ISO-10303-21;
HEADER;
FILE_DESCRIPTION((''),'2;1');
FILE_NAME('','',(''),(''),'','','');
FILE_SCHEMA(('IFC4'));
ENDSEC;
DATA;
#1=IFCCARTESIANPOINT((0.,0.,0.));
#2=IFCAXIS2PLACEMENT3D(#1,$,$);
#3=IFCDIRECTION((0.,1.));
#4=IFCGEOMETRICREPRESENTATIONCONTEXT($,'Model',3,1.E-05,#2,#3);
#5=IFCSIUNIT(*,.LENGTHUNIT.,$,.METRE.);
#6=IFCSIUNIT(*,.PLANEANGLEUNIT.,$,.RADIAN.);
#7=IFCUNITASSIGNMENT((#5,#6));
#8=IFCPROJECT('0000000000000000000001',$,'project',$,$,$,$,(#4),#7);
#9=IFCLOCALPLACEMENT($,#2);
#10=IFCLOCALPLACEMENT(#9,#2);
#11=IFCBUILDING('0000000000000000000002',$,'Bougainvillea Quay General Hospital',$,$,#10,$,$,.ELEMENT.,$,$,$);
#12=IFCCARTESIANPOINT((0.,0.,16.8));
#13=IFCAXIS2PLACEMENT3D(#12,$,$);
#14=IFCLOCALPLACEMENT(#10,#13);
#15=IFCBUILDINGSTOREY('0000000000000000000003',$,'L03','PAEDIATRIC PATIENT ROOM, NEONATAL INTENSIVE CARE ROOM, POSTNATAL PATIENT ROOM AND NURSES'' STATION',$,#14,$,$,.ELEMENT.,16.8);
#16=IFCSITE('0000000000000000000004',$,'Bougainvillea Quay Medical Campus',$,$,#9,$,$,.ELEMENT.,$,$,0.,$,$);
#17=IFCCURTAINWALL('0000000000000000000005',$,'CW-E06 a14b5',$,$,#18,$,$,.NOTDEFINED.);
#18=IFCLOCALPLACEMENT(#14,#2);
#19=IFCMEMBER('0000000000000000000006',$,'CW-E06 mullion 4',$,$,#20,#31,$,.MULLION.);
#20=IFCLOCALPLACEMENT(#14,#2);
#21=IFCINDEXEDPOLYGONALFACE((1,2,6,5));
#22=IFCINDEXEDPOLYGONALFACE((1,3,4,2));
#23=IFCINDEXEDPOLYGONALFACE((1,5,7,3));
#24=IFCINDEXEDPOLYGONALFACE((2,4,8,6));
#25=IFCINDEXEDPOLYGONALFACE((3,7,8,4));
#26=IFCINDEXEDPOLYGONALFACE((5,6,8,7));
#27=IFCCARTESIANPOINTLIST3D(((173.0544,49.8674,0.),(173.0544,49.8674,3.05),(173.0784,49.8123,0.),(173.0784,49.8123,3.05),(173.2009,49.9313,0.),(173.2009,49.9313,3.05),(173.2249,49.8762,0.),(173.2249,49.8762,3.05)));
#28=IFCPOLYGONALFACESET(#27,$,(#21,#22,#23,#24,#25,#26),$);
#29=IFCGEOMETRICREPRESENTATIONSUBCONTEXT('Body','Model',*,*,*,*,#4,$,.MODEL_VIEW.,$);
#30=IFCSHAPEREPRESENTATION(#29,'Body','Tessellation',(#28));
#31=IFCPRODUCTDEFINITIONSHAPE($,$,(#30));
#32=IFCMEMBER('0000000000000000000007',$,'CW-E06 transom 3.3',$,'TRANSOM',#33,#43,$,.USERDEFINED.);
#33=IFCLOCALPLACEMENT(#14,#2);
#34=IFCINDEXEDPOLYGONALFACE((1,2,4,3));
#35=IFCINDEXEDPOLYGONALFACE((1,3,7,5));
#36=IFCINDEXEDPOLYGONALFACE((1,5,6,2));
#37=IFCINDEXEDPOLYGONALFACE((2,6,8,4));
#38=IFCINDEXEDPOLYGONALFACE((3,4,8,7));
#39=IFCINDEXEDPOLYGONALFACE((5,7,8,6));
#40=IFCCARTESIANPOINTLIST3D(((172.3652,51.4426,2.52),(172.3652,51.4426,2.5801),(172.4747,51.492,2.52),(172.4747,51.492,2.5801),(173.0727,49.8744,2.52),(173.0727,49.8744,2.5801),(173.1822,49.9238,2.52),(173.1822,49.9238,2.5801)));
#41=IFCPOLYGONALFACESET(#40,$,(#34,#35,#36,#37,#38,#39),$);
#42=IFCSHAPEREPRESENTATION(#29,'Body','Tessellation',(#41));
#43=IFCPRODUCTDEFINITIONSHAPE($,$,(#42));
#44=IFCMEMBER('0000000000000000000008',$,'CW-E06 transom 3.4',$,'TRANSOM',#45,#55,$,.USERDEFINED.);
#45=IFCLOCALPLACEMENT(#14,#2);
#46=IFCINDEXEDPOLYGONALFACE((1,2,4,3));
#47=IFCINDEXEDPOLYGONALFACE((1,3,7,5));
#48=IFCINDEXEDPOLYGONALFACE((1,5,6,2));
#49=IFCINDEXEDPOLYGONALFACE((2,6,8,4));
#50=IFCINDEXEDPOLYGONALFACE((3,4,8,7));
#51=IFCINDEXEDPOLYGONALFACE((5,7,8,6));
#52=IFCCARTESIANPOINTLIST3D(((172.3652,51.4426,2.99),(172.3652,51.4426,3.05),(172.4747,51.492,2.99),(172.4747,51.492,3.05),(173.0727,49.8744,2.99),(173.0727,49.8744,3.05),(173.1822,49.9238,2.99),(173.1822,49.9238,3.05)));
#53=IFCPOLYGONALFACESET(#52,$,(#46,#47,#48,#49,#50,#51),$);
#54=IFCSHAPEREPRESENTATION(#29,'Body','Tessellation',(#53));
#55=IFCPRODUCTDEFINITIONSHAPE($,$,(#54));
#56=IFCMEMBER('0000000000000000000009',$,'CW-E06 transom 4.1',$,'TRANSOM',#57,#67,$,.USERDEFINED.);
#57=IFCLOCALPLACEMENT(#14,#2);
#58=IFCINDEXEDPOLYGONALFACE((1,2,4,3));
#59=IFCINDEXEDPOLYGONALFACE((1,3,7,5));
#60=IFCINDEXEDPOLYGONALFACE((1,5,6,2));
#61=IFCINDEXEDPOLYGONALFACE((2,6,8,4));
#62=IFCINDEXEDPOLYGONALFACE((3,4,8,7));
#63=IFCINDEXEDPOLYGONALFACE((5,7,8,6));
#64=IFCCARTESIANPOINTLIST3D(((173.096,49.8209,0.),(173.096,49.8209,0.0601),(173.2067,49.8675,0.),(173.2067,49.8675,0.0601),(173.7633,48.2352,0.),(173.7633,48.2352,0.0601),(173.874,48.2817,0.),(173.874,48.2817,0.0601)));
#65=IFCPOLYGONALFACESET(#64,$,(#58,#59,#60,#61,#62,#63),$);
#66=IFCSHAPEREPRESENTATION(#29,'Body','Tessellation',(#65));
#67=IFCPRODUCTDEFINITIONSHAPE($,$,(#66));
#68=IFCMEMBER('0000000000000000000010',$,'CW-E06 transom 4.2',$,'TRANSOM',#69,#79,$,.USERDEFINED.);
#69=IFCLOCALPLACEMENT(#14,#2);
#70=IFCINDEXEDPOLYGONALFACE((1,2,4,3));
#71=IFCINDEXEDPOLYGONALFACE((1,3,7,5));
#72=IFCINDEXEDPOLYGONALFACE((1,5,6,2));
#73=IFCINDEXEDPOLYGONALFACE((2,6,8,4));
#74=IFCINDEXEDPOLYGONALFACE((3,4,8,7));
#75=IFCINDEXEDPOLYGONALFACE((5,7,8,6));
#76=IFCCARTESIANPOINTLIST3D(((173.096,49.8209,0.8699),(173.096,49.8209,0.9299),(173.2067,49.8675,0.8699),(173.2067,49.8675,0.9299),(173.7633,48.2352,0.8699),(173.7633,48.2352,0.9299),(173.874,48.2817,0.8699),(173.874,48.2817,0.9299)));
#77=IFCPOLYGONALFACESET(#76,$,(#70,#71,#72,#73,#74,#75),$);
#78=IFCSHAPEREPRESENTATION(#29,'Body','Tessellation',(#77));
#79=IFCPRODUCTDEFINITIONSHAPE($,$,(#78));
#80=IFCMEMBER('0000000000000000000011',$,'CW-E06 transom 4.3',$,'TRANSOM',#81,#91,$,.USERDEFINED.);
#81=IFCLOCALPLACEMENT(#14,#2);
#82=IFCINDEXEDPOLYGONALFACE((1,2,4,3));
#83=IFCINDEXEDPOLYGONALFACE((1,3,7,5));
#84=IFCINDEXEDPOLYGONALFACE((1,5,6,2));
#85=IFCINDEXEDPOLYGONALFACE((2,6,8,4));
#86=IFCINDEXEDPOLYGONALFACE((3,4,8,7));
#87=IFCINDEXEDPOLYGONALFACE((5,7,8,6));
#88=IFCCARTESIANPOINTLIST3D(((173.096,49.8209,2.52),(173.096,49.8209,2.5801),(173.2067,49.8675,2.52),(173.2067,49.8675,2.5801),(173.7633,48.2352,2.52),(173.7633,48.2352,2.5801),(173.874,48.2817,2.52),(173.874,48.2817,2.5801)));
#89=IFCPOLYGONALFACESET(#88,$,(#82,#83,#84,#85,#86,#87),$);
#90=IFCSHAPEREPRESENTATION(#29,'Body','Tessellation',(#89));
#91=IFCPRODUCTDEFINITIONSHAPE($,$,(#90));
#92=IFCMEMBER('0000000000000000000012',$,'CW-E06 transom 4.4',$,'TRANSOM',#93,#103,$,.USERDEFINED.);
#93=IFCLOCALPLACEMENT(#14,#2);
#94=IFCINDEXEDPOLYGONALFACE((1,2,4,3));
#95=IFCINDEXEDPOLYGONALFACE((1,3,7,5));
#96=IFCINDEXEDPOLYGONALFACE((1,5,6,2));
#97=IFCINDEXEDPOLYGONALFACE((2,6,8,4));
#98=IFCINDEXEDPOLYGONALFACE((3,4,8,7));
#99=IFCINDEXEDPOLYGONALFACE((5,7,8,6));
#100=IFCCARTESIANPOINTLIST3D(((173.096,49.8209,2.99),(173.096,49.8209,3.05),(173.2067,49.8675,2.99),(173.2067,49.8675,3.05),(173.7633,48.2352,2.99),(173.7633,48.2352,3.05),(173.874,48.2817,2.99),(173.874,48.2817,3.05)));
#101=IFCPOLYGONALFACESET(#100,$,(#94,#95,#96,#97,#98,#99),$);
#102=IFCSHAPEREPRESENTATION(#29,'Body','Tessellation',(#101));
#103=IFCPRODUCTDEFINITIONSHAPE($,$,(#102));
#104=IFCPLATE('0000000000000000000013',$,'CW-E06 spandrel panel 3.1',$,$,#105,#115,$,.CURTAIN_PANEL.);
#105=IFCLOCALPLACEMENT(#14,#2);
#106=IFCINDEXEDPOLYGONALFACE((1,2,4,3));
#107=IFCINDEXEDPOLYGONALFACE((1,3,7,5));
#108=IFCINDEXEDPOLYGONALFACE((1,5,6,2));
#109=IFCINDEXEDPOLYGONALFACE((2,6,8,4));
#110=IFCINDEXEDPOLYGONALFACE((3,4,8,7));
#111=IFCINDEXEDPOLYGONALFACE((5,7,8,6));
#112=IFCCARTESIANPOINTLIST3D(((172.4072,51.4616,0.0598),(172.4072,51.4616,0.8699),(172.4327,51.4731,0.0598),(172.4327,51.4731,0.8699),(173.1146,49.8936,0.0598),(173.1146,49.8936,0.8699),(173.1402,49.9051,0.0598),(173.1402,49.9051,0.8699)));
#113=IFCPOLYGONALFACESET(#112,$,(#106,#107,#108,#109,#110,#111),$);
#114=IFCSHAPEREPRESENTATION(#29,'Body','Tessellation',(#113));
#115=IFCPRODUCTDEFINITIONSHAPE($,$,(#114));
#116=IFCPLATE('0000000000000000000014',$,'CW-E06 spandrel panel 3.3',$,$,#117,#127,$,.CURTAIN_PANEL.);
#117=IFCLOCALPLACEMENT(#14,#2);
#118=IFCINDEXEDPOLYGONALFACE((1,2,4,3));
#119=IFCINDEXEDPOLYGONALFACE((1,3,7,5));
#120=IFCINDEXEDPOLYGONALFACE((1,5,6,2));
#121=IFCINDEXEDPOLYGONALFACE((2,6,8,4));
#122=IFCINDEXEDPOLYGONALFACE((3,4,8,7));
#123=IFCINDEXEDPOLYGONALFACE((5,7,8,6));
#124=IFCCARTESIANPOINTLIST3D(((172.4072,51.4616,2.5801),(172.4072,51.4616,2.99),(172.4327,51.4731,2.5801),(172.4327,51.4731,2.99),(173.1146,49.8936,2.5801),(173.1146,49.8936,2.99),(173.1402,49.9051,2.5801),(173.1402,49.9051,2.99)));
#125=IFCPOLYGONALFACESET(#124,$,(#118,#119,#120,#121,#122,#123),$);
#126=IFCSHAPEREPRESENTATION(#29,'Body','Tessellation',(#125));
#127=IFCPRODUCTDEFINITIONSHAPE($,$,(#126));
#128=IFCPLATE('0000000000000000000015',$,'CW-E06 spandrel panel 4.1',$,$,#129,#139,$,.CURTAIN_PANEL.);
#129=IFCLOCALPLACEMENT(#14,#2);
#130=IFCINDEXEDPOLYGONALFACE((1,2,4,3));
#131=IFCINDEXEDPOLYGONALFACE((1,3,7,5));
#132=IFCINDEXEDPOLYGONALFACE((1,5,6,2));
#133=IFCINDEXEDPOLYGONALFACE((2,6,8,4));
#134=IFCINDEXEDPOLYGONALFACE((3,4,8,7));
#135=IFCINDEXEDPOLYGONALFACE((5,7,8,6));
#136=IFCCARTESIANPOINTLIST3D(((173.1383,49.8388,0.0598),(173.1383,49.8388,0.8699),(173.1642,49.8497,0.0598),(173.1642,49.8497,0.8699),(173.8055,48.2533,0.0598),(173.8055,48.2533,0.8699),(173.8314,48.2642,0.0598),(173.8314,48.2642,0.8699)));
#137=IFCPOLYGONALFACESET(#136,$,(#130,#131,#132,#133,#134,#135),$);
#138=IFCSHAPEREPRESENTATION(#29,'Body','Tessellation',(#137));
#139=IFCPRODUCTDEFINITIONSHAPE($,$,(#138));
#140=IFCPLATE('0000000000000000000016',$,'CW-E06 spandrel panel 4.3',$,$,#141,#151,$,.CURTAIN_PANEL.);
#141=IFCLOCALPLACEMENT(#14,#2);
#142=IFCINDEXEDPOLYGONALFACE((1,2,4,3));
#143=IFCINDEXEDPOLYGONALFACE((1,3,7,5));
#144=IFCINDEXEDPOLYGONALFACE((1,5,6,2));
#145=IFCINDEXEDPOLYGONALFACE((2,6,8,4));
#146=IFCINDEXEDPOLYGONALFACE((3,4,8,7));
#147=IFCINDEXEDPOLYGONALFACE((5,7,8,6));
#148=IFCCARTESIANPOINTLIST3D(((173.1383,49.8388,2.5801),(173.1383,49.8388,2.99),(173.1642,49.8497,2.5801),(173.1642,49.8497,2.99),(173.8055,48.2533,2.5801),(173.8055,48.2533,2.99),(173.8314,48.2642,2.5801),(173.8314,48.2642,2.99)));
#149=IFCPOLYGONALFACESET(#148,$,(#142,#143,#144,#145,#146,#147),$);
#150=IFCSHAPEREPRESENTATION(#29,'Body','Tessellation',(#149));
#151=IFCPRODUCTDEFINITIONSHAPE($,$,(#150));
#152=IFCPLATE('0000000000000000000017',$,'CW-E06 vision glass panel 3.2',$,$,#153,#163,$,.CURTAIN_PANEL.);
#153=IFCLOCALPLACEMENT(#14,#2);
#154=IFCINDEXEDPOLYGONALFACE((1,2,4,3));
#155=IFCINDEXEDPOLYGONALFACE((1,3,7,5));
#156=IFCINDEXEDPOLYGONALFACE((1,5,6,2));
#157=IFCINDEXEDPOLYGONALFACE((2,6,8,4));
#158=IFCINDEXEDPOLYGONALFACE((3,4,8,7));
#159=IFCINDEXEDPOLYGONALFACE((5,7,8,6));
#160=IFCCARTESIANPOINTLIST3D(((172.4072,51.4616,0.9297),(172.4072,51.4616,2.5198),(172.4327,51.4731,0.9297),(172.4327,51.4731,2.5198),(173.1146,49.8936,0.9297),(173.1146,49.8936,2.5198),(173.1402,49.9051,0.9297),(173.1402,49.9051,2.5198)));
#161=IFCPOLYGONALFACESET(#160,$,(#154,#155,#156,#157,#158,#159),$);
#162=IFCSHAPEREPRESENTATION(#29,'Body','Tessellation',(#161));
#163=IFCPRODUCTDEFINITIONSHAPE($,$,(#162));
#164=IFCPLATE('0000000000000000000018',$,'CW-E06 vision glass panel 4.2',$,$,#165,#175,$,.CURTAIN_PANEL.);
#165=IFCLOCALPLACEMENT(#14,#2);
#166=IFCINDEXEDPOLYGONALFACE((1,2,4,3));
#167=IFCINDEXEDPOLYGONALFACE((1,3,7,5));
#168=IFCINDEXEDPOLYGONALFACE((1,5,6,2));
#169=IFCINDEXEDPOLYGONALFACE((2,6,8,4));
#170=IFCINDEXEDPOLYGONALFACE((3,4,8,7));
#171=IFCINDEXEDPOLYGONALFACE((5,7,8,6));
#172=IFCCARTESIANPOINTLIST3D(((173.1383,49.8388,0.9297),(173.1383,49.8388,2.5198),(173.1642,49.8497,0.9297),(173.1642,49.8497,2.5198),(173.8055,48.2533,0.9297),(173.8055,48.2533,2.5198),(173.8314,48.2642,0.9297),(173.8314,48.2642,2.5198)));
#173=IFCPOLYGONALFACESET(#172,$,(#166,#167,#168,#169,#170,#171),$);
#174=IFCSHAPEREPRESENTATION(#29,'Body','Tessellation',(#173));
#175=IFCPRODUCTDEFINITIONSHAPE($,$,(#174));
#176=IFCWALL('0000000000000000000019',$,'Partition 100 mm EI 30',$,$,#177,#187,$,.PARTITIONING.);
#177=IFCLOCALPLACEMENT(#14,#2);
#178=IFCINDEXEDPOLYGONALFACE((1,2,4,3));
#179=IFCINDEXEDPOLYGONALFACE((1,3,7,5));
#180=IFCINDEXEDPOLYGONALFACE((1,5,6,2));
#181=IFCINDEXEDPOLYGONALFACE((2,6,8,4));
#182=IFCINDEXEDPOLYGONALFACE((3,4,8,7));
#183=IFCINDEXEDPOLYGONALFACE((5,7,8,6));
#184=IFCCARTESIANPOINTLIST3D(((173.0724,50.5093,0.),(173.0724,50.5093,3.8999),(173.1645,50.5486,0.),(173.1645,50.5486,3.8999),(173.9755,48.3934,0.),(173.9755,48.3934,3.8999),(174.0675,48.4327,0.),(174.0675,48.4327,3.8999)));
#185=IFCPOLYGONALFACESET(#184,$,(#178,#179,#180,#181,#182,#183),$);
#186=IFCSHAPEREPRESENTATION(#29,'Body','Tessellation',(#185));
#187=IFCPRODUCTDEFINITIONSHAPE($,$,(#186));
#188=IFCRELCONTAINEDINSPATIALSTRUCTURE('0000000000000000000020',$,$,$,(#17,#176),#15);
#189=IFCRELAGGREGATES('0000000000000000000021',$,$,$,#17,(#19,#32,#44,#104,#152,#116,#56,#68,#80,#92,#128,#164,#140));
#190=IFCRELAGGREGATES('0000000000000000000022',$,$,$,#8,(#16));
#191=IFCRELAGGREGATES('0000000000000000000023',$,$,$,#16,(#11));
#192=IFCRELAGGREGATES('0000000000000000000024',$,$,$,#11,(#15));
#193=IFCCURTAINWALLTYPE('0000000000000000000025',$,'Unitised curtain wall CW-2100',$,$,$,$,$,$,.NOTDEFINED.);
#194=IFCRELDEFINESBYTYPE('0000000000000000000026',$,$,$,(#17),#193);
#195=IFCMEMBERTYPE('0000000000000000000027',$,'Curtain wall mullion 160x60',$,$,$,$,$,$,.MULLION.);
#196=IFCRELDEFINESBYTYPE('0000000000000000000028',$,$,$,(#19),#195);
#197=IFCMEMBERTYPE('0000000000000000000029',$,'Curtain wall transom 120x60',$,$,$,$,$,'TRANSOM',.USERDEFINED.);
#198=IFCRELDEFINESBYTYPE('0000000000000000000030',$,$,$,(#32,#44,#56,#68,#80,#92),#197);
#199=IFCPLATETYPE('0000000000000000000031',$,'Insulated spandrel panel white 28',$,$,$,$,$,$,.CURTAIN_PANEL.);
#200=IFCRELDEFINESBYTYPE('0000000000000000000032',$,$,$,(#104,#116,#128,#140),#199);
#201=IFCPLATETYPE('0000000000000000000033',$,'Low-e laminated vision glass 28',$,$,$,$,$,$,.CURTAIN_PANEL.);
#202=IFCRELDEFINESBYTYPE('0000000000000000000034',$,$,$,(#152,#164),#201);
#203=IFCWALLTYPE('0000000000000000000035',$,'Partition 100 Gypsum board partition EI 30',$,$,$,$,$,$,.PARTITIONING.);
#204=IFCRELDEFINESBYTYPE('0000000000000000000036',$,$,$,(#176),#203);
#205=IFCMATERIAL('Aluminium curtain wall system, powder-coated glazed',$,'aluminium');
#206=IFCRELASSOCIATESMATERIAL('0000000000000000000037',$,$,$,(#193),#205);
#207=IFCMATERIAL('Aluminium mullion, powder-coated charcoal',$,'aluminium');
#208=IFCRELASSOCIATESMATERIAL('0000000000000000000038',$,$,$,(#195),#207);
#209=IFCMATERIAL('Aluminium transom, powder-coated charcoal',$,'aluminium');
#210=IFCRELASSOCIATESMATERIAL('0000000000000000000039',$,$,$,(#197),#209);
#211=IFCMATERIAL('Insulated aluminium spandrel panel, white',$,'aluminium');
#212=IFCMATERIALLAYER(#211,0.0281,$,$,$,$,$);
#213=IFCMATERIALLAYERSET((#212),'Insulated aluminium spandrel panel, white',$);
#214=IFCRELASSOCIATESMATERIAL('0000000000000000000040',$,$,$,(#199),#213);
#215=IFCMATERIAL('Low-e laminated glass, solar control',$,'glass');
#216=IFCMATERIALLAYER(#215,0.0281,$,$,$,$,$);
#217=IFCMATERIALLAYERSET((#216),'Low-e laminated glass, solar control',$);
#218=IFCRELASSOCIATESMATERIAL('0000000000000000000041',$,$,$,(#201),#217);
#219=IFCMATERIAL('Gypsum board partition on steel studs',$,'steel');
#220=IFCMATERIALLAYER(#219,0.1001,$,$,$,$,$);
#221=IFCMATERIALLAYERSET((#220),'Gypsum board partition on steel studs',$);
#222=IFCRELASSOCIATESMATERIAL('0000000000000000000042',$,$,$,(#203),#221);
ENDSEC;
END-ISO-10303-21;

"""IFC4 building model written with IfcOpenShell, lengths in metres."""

from ifc_helpers import new_model, si_unit, direction, frame, frame_2d, origin, origin_2d, place, context, subcontext, project, spatial, rectangle, extrude, material, layer, layer_set, material_profile, profile_set, type_object, element, aggregate, save


model = new_model("IFC4")

# Units and contexts
model_context = context("Model", 3, precision=1e-05, world=origin(), true_north=direction((0.0, 1.0)))
body_context = subcontext(model_context, "Body", "Model", "MODEL_VIEW")
ifc_project = project(units=[si_unit("LENGTHUNIT", "METRE"), si_unit("PLANEANGLEUNIT", "RADIAN")], contexts=[model_context])

# Site, building, storey
site_placement = place(None, origin())
site = spatial("IfcSite", under=ifc_project, at=site_placement, Name="Bougainvillea Quay Medical Campus", CompositionType="ELEMENT", RefElevation=0.0)
building_placement = place(site_placement, origin())
building = spatial("IfcBuilding", under=site, at=building_placement, Name="Bougainvillea Quay General Hospital", CompositionType="ELEMENT")
storey_placement = place(building_placement, frame((0.0, 0.0, 16.8)))
storey = spatial("IfcBuildingStorey", under=building, at=storey_placement, Name="L03", Description="PAEDIATRIC PATIENT ROOM, NEONATAL INTENSIVE CARE ROOM, POSTNATAL PATIENT ROOM AND NURSES' STATION", CompositionType="ELEMENT", Elevation=16.8)

# Curtain wall, members, plates
ifc_material_1 = material(Name="Aluminium curtain wall system, powder-coated glazed", Category="aluminium")
curtain_wall_type = type_object("IfcCurtainWallType", Name="Unitised curtain wall CW-2100", PredefinedType="NOTDEFINED", material=ifc_material_1)
curtain_wall_placement = place(storey_placement, origin())
curtain_wall = element("IfcCurtainWall", 1, at=curtain_wall_placement, inside=storey, type_object=curtain_wall_type, Name="CW-E06 a14b5", PredefinedType="NOTDEFINED")
ifc_material_2 = material(Name="Aluminium mullion, powder-coated charcoal", Category="aluminium")
ifc_material_profile_1 = material_profile(ifc_material_2, rectangle(XDim=0.1599, YDim=0.0601, at=origin_2d()))
ifc_profile_set_1 = profile_set([ifc_material_profile_1], Name="Aluminium mullion, powder-coated charcoal")
member_type_1 = type_object("IfcMemberType", Name="Curtain wall mullion 160x60", PredefinedType="MULLION", material=ifc_profile_set_1)
member_1_placement = place(storey_placement, frame((173.1396, 49.8718, 0.0), z_axis=(0.0, 0.0, 1.0), x_axis=(0.916692, 0.399594, 0.0)))
member_1 = element("IfcMember", 2, at=member_1_placement, type_object=member_type_1, Name="CW-E06 mullion 4", PredefinedType="MULLION", context=body_context, shape_type="SweptSolid", body=[
    extrude(rectangle(XDim=0.1599, YDim=0.0601, at=origin_2d()), origin(), (0.0, 0.0, 1.0), 3.05),
])
ifc_material_3 = material(Name="Aluminium transom, powder-coated charcoal", Category="aluminium")
ifc_material_profile_2 = material_profile(ifc_material_3, rectangle(XDim=0.1201, YDim=0.0601, at=origin_2d()))
ifc_profile_set_2 = profile_set([ifc_material_profile_2], Name="Aluminium transom, powder-coated charcoal")
member_type_2 = type_object("IfcMemberType", Name="Curtain wall transom 120x60", ElementType="TRANSOM", PredefinedType="USERDEFINED", material=ifc_profile_set_2)
member_2_placement = place(storey_placement, frame((172.4199, 51.4673, 2.55), z_axis=(0.411267, -0.911515, 0.0), x_axis=(0.911515, 0.411267, 0.0)))
member_2 = element("IfcMember", 3, at=member_2_placement, type_object=member_type_2, Name="CW-E06 transom 3.3", ObjectType="TRANSOM", PredefinedType="USERDEFINED", context=body_context, shape_type="SweptSolid", body=[
    extrude(rectangle(XDim=0.1201, YDim=0.0601, at=origin_2d()), origin(), (0.0, 0.0, 1.0), 1.7205),
])
member_3_placement = place(storey_placement, frame((172.4199, 51.4673, 3.02), z_axis=(0.411267, -0.911515, 0.0), x_axis=(0.911515, 0.411267, 0.0)))
member_3 = element("IfcMember", 4, at=member_3_placement, type_object=member_type_2, Name="CW-E06 transom 3.4", ObjectType="TRANSOM", PredefinedType="USERDEFINED", context=body_context, shape_type="SweptSolid", body=[
    extrude(rectangle(XDim=0.1201, YDim=0.0601, at=origin_2d()), origin(), (0.0, 0.0, 1.0), 1.7205),
])
member_4_placement = place(storey_placement, frame((173.1514, 49.8442, 0.03), z_axis=(0.387848, -0.921724, 0.0), x_axis=(0.921724, 0.387848, 0.0)))
member_4 = element("IfcMember", 5, at=member_4_placement, type_object=member_type_2, Name="CW-E06 transom 4.1", ObjectType="TRANSOM", PredefinedType="USERDEFINED", context=body_context, shape_type="SweptSolid", body=[
    extrude(rectangle(XDim=0.1201, YDim=0.0601, at=origin_2d()), origin(), (0.0, 0.0, 1.0), 1.7205),
])
member_5_placement = place(storey_placement, frame((173.1514, 49.8442, 0.8999), z_axis=(0.387848, -0.921724, 0.0), x_axis=(0.921724, 0.387848, 0.0)))
member_5 = element("IfcMember", 6, at=member_5_placement, type_object=member_type_2, Name="CW-E06 transom 4.2", ObjectType="TRANSOM", PredefinedType="USERDEFINED", context=body_context, shape_type="SweptSolid", body=[
    extrude(rectangle(XDim=0.1201, YDim=0.0601, at=origin_2d()), origin(), (0.0, 0.0, 1.0), 1.7205),
])
member_6_placement = place(storey_placement, frame((173.1514, 49.8442, 2.55), z_axis=(0.387848, -0.921724, 0.0), x_axis=(0.921724, 0.387848, 0.0)))
member_6 = element("IfcMember", 7, at=member_6_placement, type_object=member_type_2, Name="CW-E06 transom 4.3", ObjectType="TRANSOM", PredefinedType="USERDEFINED", context=body_context, shape_type="SweptSolid", body=[
    extrude(rectangle(XDim=0.1201, YDim=0.0601, at=origin_2d()), origin(), (0.0, 0.0, 1.0), 1.7205),
])
member_7_placement = place(storey_placement, frame((173.1514, 49.8442, 3.02), z_axis=(0.387848, -0.921724, 0.0), x_axis=(0.921724, 0.387848, 0.0)))
member_7 = element("IfcMember", 8, at=member_7_placement, type_object=member_type_2, Name="CW-E06 transom 4.4", ObjectType="TRANSOM", PredefinedType="USERDEFINED", context=body_context, shape_type="SweptSolid", body=[
    extrude(rectangle(XDim=0.1201, YDim=0.0601, at=origin_2d()), origin(), (0.0, 0.0, 1.0), 1.7205),
])
ifc_material_4 = material(Name="Insulated aluminium spandrel panel, white", Category="aluminium")
ifc_layer_1 = layer(ifc_material_4, 0.0281)
ifc_layer_set_1 = layer_set([ifc_layer_1], Name="Insulated aluminium spandrel panel, white")
plate_type_1 = type_object("IfcPlateType", Name="Insulated spandrel panel white 28", PredefinedType="CURTAIN_PANEL", material=ifc_layer_set_1)
plate_1_placement = place(storey_placement, frame((172.7737, 50.6833, 0.0598), z_axis=(0.0, 0.0, 1.0), x_axis=(0.41126, -0.911518, 0.0)))
plate_1 = element("IfcPlate", 9, at=plate_1_placement, type_object=plate_type_1, Name="CW-E06 spandrel panel 3.1", PredefinedType="CURTAIN_PANEL", context=body_context, shape_type="SweptSolid", body=[
    extrude(rectangle(XDim=1.7202, YDim=0.0281, at=origin_2d()), origin(), (0.0, 0.0, 1.0), 0.8101),
])
plate_2_placement = place(storey_placement, frame((172.7737, 50.6833, 2.5801), z_axis=(0.0, 0.0, 1.0), x_axis=(0.41126, -0.911518, 0.0)))
plate_2 = element("IfcPlate", 10, at=plate_2_placement, type_object=plate_type_1, Name="CW-E06 spandrel panel 3.3", PredefinedType="CURTAIN_PANEL", context=body_context, shape_type="SweptSolid", body=[
    extrude(rectangle(XDim=1.7202, YDim=0.0281, at=origin_2d()), origin(), (0.0, 0.0, 1.0), 0.4099),
])
plate_3_placement = place(storey_placement, frame((173.4849, 49.0515, 0.0598), z_axis=(0.0, 0.0, 1.0), x_axis=(0.387863, -0.921717, 0.0)))
plate_3 = element("IfcPlate", 11, at=plate_3_placement, type_object=plate_type_1, Name="CW-E06 spandrel panel 4.1", PredefinedType="CURTAIN_PANEL", context=body_context, shape_type="SweptSolid", body=[
    extrude(rectangle(XDim=1.7202, YDim=0.0281, at=origin_2d()), origin(), (0.0, 0.0, 1.0), 0.8101),
])
plate_4_placement = place(storey_placement, frame((173.4849, 49.0515, 2.5801), z_axis=(0.0, 0.0, 1.0), x_axis=(0.387863, -0.921717, 0.0)))
plate_4 = element("IfcPlate", 12, at=plate_4_placement, type_object=plate_type_1, Name="CW-E06 spandrel panel 4.3", PredefinedType="CURTAIN_PANEL", context=body_context, shape_type="SweptSolid", body=[
    extrude(rectangle(XDim=1.7202, YDim=0.0281, at=origin_2d()), origin(), (0.0, 0.0, 1.0), 0.4099),
])
ifc_material_5 = material(Name="Low-e laminated glass, solar control", Category="glass")
ifc_layer_2 = layer(ifc_material_5, 0.0281)
ifc_layer_set_2 = layer_set([ifc_layer_2], Name="Low-e laminated glass, solar control")
plate_type_2 = type_object("IfcPlateType", Name="Low-e laminated vision glass 28", PredefinedType="CURTAIN_PANEL", material=ifc_layer_set_2)
plate_5_placement = place(storey_placement, frame((172.7737, 50.6833, 0.9297), z_axis=(0.0, 0.0, 1.0), x_axis=(0.41126, -0.911518, 0.0)))
plate_5 = element("IfcPlate", 13, at=plate_5_placement, type_object=plate_type_2, Name="CW-E06 vision glass panel 3.2", PredefinedType="CURTAIN_PANEL", context=body_context, shape_type="SweptSolid", body=[
    extrude(rectangle(XDim=1.7202, YDim=0.0281, at=origin_2d()), origin(), (0.0, 0.0, 1.0), 1.5901),
])
plate_6_placement = place(storey_placement, frame((173.4849, 49.0515, 0.9297), z_axis=(0.0, 0.0, 1.0), x_axis=(0.387863, -0.921717, 0.0)))
plate_6 = element("IfcPlate", 14, at=plate_6_placement, type_object=plate_type_2, Name="CW-E06 vision glass panel 4.2", PredefinedType="CURTAIN_PANEL", context=body_context, shape_type="SweptSolid", body=[
    extrude(rectangle(XDim=1.7202, YDim=0.0281, at=origin_2d()), origin(), (0.0, 0.0, 1.0), 1.5901),
])
aggregate(curtain_wall, [member_1, member_2, member_3, plate_1, plate_5, plate_2, member_4, member_5, member_6, member_7, plate_3, plate_6, plate_4])

# Wall
ifc_material_6 = material(Name="Gypsum board partition on steel studs", Category="steel")
ifc_layer_3 = layer(ifc_material_6, 0.1001)
ifc_layer_set_3 = layer_set([ifc_layer_3], Name="Gypsum board partition on steel studs")
wall_type = type_object("IfcWallType", Name="Partition 100 Gypsum board partition EI 30", PredefinedType="PARTITIONING", material=ifc_layer_set_3)
wall_1_placement = place(storey_placement, frame((173.1184, 50.5291, 0.0), z_axis=(0.0, 0.0, 1.0), x_axis=(0.392536, -0.919737, 0.0)))
element("IfcWall", 15, at=wall_1_placement, inside=storey, type_object=wall_type, Name="Partition 100 mm EI 30", PredefinedType="PARTITIONING", context=body_context, shape_type="SweptSolid", body=[
    extrude(rectangle(XDim=2.3005, YDim=0.1001, at=frame_2d((1.1504, 0.0))), origin(), (0.0, 0.0, 1.0), 3.8999),
])

save(model, "model.ifc")
